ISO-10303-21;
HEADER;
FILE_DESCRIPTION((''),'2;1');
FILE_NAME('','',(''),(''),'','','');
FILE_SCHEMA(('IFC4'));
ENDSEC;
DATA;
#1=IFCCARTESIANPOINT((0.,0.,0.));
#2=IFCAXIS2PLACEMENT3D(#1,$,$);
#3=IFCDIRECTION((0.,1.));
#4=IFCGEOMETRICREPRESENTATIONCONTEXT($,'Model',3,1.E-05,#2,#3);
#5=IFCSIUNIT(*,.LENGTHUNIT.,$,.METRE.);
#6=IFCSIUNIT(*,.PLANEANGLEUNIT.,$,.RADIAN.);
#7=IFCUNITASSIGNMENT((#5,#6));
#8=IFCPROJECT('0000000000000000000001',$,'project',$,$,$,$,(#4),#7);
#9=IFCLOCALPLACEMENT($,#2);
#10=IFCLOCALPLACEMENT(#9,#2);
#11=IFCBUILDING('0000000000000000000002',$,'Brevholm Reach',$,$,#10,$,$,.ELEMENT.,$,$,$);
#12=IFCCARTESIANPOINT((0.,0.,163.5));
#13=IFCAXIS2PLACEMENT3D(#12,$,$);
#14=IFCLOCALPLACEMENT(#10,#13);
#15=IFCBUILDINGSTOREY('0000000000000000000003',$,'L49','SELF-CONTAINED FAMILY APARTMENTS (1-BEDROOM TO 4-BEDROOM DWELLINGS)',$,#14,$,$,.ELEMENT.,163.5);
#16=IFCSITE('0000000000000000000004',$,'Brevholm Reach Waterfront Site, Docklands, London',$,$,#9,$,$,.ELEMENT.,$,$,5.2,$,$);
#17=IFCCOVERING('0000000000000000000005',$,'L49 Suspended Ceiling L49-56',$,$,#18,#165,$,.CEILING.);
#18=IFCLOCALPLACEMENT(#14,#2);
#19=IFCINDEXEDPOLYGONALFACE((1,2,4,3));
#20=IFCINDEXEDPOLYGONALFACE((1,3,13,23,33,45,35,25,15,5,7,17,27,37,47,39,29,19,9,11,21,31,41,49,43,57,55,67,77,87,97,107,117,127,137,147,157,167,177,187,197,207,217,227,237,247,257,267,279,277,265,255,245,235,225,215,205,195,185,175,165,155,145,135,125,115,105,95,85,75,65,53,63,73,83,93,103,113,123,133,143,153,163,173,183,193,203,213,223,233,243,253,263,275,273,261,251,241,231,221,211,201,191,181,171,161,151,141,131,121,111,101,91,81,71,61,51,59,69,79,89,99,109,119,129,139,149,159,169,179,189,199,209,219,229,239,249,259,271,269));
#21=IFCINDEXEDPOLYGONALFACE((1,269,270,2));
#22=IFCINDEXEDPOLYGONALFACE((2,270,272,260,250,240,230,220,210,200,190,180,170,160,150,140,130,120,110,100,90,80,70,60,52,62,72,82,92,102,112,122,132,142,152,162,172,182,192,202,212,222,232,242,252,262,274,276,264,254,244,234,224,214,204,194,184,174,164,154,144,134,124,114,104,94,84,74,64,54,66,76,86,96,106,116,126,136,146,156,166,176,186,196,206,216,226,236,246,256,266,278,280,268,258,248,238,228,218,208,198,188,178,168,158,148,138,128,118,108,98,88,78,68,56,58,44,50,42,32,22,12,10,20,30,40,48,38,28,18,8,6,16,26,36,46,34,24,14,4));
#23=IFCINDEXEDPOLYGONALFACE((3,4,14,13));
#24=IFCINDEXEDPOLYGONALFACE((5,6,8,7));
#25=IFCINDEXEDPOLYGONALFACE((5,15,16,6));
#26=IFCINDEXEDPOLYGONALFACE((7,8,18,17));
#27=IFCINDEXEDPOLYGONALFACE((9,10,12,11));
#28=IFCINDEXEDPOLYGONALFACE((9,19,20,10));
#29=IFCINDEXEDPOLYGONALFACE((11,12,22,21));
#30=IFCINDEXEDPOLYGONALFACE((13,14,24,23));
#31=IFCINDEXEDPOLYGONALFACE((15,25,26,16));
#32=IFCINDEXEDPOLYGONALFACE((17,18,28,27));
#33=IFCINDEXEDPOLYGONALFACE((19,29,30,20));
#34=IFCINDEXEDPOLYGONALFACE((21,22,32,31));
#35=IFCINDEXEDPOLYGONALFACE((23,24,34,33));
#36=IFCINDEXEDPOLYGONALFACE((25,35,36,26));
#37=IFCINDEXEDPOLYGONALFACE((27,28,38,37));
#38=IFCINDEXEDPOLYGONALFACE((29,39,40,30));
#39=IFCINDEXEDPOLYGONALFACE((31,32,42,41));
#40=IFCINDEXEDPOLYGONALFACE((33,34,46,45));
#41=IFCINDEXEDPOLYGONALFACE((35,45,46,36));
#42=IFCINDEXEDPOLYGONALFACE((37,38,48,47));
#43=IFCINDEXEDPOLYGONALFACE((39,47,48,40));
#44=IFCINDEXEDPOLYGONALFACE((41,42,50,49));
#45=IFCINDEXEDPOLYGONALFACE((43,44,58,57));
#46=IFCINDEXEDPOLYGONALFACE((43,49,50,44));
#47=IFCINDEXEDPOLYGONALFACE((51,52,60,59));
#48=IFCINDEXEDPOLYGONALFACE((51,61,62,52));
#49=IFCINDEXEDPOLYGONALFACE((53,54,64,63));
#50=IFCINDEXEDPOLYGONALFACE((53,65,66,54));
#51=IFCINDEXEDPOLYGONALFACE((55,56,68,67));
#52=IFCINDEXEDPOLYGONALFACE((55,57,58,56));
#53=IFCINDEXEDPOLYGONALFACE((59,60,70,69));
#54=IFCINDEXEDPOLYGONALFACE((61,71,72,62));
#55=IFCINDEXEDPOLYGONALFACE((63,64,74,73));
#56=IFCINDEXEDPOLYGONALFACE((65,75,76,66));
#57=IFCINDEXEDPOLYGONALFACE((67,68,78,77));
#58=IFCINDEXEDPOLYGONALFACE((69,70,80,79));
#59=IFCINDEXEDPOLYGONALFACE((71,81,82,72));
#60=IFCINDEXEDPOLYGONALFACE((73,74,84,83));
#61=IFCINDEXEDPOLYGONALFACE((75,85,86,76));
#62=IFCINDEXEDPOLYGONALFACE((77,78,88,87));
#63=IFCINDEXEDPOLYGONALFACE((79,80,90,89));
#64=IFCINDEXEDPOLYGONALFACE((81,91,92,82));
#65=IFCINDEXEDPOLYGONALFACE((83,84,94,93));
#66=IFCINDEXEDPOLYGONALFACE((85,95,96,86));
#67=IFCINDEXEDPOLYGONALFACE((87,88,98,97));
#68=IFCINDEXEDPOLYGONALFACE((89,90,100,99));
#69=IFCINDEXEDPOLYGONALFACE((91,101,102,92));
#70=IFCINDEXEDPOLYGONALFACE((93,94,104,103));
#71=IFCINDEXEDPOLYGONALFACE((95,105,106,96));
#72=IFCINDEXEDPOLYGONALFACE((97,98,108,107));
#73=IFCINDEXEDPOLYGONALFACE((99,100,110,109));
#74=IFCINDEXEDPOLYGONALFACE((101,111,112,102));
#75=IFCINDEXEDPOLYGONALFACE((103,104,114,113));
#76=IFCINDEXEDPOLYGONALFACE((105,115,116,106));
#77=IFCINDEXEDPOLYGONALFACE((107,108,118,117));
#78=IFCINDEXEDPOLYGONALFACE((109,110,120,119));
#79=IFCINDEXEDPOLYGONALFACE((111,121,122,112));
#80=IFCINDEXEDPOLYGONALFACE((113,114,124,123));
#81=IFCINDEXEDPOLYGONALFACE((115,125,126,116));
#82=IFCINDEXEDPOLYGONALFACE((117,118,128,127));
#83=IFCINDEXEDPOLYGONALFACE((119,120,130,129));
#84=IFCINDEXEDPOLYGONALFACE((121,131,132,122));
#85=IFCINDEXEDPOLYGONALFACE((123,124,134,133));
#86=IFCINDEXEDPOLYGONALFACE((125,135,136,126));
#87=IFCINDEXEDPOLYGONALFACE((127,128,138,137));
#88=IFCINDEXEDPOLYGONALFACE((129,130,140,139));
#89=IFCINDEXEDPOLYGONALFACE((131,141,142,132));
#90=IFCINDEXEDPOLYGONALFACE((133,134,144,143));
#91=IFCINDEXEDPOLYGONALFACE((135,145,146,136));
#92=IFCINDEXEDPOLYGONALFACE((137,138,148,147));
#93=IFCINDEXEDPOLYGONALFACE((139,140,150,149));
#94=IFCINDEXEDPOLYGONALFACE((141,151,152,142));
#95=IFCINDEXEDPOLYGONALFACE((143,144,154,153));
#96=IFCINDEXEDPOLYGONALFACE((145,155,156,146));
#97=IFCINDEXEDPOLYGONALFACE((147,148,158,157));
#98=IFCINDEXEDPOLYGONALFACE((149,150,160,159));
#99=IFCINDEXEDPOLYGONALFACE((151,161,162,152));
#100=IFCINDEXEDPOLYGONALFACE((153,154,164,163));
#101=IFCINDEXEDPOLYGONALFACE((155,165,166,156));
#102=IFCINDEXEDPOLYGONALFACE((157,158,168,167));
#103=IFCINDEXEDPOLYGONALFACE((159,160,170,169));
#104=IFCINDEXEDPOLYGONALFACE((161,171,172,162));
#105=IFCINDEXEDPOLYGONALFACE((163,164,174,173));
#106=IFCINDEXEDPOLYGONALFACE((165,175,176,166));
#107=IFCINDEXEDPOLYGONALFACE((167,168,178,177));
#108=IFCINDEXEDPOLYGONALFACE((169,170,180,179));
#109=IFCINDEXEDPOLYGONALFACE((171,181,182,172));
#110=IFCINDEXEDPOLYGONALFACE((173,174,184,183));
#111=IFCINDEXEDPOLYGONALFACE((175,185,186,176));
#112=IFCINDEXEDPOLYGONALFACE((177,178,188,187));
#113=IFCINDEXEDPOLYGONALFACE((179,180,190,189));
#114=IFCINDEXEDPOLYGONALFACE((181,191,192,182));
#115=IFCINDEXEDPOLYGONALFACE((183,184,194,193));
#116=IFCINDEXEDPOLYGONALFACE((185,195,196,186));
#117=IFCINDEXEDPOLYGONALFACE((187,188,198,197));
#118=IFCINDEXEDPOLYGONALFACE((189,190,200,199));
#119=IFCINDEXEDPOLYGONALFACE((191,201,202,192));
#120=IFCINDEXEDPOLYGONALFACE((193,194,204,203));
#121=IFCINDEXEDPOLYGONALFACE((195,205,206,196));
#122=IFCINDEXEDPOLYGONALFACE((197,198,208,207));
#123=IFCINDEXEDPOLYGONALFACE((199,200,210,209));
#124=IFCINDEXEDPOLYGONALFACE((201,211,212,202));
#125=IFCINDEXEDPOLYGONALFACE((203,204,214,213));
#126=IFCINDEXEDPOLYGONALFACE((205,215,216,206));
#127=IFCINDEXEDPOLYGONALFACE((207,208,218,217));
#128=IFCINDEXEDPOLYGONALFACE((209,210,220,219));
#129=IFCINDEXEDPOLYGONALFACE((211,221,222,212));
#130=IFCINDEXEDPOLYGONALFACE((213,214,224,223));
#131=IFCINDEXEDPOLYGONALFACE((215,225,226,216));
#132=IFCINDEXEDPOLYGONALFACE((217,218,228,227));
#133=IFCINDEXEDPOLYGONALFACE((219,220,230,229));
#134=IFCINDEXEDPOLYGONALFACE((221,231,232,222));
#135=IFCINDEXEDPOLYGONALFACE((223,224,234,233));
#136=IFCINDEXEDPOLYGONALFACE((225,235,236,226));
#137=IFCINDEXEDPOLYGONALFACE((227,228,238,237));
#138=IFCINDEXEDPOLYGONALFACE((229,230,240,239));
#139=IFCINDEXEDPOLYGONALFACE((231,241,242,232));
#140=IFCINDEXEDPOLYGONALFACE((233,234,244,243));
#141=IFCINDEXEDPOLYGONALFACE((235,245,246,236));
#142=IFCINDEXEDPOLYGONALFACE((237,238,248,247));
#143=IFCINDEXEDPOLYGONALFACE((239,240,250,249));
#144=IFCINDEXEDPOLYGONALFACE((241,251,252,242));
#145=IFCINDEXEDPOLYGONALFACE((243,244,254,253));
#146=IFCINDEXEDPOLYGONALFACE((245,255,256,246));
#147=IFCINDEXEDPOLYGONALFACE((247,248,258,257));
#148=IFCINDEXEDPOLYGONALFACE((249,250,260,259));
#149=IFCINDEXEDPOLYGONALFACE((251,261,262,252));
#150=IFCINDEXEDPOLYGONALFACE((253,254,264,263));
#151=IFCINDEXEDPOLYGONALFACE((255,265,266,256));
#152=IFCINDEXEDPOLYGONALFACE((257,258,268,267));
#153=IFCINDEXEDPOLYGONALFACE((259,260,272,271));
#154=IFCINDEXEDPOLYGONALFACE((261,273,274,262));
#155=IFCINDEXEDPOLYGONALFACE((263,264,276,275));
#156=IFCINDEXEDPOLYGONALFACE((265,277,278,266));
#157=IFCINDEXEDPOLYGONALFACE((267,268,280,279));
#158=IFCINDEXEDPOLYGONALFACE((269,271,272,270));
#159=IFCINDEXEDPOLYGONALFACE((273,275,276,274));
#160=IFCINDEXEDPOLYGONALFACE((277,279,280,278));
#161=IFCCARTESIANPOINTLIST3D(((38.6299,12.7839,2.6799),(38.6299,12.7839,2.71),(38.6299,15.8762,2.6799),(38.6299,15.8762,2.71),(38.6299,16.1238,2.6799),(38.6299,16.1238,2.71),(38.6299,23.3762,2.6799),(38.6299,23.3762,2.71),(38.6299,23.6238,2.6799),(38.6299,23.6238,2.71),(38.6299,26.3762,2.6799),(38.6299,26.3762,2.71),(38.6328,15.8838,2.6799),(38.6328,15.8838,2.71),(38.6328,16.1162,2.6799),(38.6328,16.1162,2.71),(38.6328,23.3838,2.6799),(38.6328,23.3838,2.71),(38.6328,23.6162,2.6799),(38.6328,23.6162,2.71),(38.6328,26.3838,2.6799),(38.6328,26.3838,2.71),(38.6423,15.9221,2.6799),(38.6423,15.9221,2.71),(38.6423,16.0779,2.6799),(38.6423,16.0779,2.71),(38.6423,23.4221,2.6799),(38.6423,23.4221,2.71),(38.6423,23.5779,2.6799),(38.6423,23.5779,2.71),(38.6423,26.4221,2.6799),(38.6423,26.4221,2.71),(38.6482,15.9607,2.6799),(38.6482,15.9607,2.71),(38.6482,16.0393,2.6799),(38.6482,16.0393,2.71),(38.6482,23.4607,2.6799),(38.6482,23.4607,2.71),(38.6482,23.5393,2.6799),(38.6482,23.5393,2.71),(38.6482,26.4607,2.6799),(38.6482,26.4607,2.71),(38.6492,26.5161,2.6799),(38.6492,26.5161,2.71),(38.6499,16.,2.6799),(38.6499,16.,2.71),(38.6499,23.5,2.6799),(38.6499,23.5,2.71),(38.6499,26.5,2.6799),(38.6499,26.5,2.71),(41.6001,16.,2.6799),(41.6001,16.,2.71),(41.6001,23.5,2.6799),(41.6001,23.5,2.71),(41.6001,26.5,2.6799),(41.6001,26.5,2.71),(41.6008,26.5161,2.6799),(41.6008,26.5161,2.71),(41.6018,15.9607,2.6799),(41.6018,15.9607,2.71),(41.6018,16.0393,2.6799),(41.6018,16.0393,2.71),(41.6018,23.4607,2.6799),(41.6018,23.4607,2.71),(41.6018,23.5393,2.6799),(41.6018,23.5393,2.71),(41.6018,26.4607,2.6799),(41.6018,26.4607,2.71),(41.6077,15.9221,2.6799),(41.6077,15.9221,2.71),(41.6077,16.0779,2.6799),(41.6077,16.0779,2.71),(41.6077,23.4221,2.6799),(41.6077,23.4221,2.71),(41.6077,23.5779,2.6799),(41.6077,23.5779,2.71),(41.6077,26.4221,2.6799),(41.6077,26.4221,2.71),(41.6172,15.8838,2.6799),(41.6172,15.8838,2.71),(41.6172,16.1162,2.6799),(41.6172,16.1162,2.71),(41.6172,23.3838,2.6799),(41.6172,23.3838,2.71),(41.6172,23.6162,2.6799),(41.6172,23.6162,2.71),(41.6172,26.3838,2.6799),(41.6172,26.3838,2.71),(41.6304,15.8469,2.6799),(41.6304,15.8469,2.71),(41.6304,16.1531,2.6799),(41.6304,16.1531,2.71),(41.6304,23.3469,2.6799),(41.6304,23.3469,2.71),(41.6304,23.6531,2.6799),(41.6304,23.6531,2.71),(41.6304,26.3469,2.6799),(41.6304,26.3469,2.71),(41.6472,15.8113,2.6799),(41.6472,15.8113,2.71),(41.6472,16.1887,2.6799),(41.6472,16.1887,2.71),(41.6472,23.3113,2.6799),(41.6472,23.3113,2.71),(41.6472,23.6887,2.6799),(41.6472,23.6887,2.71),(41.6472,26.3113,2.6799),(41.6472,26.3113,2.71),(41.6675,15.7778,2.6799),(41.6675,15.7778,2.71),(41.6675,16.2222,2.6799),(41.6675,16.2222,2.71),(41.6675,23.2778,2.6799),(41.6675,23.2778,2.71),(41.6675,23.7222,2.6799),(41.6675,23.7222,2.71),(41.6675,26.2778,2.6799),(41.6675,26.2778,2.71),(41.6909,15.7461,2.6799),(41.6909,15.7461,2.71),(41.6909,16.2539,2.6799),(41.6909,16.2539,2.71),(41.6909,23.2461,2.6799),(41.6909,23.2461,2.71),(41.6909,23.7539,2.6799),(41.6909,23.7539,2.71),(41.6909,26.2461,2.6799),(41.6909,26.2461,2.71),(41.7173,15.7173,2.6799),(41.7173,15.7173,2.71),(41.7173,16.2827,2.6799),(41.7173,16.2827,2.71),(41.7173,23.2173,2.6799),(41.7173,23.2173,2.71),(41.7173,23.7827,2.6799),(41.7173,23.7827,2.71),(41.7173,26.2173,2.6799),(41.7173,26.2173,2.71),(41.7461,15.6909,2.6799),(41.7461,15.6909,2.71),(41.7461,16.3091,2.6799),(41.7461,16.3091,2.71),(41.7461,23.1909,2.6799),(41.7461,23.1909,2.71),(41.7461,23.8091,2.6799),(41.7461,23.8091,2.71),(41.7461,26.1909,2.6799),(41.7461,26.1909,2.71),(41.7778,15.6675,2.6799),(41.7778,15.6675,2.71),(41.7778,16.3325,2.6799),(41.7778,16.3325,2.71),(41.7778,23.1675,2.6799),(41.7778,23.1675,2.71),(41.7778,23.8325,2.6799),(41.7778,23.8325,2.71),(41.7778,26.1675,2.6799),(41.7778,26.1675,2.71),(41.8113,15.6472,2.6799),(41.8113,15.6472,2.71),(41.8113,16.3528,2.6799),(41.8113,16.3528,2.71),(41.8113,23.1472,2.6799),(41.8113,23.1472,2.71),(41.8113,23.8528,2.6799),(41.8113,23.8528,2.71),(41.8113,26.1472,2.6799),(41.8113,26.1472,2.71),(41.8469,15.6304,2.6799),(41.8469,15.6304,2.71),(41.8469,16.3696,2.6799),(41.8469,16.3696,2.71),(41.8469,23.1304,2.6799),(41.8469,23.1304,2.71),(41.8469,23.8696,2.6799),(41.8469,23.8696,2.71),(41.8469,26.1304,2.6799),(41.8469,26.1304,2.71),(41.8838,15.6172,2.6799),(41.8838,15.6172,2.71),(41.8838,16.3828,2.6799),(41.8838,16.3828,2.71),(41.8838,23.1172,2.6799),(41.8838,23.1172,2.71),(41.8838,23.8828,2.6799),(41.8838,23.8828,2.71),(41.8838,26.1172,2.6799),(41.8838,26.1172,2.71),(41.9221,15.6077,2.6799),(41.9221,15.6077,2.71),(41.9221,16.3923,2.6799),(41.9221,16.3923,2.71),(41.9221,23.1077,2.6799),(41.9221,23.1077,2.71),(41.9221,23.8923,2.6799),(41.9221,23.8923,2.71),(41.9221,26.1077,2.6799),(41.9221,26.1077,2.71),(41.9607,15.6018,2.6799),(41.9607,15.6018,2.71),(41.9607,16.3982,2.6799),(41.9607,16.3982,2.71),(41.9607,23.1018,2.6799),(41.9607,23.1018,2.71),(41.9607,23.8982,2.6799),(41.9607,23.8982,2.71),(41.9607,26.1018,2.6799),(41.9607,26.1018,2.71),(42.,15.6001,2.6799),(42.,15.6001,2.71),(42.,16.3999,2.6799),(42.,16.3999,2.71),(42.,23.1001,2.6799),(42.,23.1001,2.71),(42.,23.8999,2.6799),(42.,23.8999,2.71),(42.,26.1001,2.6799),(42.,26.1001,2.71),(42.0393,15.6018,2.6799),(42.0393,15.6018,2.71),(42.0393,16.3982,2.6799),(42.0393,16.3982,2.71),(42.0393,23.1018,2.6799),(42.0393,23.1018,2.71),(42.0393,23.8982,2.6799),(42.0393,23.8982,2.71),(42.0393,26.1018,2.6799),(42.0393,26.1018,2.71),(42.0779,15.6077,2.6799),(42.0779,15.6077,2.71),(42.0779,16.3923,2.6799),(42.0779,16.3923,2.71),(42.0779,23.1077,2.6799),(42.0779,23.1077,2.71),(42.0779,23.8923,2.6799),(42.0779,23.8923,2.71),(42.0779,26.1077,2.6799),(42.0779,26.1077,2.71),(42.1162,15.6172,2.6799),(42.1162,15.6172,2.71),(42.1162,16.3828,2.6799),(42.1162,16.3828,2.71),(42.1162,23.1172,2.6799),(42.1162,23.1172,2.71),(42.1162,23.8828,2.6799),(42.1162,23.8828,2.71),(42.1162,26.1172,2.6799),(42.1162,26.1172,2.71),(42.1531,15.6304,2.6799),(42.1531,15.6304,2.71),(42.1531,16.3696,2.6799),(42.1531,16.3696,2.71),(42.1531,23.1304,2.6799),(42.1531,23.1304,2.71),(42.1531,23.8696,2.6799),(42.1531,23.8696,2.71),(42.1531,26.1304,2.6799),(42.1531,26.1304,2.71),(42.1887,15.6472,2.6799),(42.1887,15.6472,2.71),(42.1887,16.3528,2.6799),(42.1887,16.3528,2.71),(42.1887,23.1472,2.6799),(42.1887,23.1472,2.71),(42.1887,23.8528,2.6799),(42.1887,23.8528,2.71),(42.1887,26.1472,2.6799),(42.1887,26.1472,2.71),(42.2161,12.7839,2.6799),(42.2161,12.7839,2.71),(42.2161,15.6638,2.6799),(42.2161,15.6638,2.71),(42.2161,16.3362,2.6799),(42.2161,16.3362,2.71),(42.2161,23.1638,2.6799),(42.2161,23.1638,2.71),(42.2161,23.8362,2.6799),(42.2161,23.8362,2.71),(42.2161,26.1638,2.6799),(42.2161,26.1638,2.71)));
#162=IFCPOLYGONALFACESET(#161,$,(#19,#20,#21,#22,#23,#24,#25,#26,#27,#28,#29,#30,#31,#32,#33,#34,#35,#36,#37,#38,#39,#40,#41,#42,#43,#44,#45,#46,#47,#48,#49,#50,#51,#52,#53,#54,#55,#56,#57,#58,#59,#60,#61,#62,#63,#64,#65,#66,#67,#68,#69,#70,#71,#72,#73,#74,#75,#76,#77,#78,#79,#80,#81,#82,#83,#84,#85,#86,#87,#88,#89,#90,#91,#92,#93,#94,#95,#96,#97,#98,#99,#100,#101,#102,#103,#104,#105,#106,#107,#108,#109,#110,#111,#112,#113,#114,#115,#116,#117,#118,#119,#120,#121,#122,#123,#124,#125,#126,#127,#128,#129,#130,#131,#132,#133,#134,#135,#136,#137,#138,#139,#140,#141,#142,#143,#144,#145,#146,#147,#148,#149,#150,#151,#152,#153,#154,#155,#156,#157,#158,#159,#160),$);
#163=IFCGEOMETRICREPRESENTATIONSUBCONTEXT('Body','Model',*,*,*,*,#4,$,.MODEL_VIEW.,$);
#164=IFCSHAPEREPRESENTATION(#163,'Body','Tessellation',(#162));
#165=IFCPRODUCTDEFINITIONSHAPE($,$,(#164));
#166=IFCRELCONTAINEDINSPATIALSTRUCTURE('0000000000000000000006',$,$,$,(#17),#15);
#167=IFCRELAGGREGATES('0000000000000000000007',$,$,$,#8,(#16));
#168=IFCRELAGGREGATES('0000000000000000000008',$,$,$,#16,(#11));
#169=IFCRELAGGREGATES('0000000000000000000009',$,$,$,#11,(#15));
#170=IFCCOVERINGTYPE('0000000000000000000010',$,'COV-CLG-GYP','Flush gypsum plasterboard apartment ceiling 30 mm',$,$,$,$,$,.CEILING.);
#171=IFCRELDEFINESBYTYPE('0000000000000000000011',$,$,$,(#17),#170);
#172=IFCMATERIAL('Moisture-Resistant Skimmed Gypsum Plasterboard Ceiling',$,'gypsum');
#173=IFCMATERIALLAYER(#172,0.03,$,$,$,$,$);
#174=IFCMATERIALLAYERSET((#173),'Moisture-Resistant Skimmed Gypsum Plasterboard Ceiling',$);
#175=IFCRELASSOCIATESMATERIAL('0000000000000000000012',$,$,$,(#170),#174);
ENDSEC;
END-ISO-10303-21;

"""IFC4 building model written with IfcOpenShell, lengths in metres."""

from ifc_helpers import new_model, si_unit, direction, frame, origin, place, context, subcontext, project, spatial, polyline, outline, extrude, material, layer, layer_set, type_object, element, save


model = new_model("IFC4")

# Units and contexts
model_context = context("Model", 3, precision=1e-05, world=origin(), true_north=direction((0.0, 1.0)))
body_context = subcontext(model_context, "Body", "Model", "MODEL_VIEW")
ifc_project = project(units=[si_unit("LENGTHUNIT", "METRE"), si_unit("PLANEANGLEUNIT", "RADIAN")], contexts=[model_context])

# Site, building, storey
site_placement = place(None, origin())
site = spatial("IfcSite", under=ifc_project, at=site_placement, Name="Brevholm Reach Waterfront Site, Docklands, London", CompositionType="ELEMENT", RefElevation=5.2)
building_placement = place(site_placement, origin())
building = spatial("IfcBuilding", under=site, at=building_placement, Name="Brevholm Reach", CompositionType="ELEMENT")
storey_placement = place(building_placement, frame((0.0, 0.0, 163.5)))
storey = spatial("IfcBuildingStorey", under=building, at=storey_placement, Name="L49", Description="SELF-CONTAINED FAMILY APARTMENTS (1-BEDROOM TO 4-BEDROOM DWELLINGS)", CompositionType="ELEMENT", Elevation=163.5)

# Covering
ifc_material_1 = material(Name="Moisture-Resistant Skimmed Gypsum Plasterboard Ceiling", Category="gypsum")
ifc_layer_1 = layer(ifc_material_1, 0.03)
ifc_layer_set_1 = layer_set([ifc_layer_1], Name="Moisture-Resistant Skimmed Gypsum Plasterboard Ceiling")
covering_type_1 = type_object("IfcCoveringType", Name="COV-CLG-GYP", Description="Flush gypsum plasterboard apartment ceiling 30 mm", PredefinedType="CEILING", material=ifc_layer_set_1)
covering_1_placement = place(storey_placement, frame((0.0, 0.0, 2.6799)))
element("IfcCovering", 1, at=covering_1_placement, inside=storey, type_object=covering_type_1, Name="L49 Suspended Ceiling L49-56", PredefinedType="CEILING", context=body_context, shape_type="SweptSolid", body=[
    extrude(outline(polyline([(38.6299, 15.8762), (38.6328, 15.8838), (38.6423, 15.9221), (38.6482, 15.9607), (38.6499, 16.0), (38.6482, 16.0393), (38.6423, 16.0779), (38.6328, 16.1162), (38.6299, 16.1238), (38.6299, 23.3762), (38.6328, 23.3838), (38.6423, 23.4221), (38.6482, 23.4607), (38.6499, 23.5), (38.6482, 23.5393), (38.6423, 23.5779), (38.6328, 23.6162), (38.6299, 23.6238), (38.6299, 26.3762), (38.6328, 26.3838), (38.6423, 26.4221), (38.6482, 26.4607), (38.6499, 26.5), (38.6492, 26.5161), (41.6008, 26.5161), (41.6001, 26.5), (41.6018, 26.4607), (41.6077, 26.4221), (41.6172, 26.3838), (41.6304, 26.3469), (41.6472, 26.3113), (41.6675, 26.2778), (41.6909, 26.2461), (41.7173, 26.2173), (41.7461, 26.1909), (41.7778, 26.1675), (41.8113, 26.1472), (41.8469, 26.1304), (41.8838, 26.1172), (41.9221, 26.1077), (41.9607, 26.1018), (42.0, 26.1001), (42.0393, 26.1018), (42.0779, 26.1077), (42.1162, 26.1172), (42.1531, 26.1304), (42.1887, 26.1472), (42.2161, 26.1638), (42.2161, 23.8362), (42.1887, 23.8528), (42.1531, 23.8696), (42.1162, 23.8828), (42.0779, 23.8923), (42.0393, 23.8982), (42.0, 23.8999), (41.9607, 23.8982), (41.9221, 23.8923), (41.8838, 23.8828), (41.8469, 23.8696), (41.8113, 23.8528), (41.7778, 23.8325), (41.7461, 23.8091), (41.7173, 23.7827), (41.6909, 23.7539), (41.6675, 23.7222), (41.6472, 23.6887), (41.6304, 23.6531), (41.6172, 23.6162), (41.6077, 23.5779), (41.6018, 23.5393), (41.6001, 23.5), (41.6018, 23.4607), (41.6077, 23.4221), (41.6172, 23.3838), (41.6304, 23.3469), (41.6472, 23.3113), (41.6675, 23.2778), (41.6909, 23.2461), (41.7173, 23.2173), (41.7461, 23.1909), (41.7778, 23.1675), (41.8113, 23.1472), (41.8469, 23.1304), (41.8838, 23.1172), (41.9221, 23.1077), (41.9607, 23.1018), (42.0, 23.1001), (42.0393, 23.1018), (42.0779, 23.1077), (42.1162, 23.1172), (42.1531, 23.1304), (42.1887, 23.1472), (42.2161, 23.1638), (42.2161, 16.3362), (42.1887, 16.3528), (42.1531, 16.3696), (42.1162, 16.3828), (42.0779, 16.3923), (42.0393, 16.3982), (42.0, 16.3999), (41.9607, 16.3982), (41.9221, 16.3923), (41.8838, 16.3828), (41.8469, 16.3696), (41.8113, 16.3528), (41.7778, 16.3325), (41.7461, 16.3091), (41.7173, 16.2827), (41.6909, 16.2539), (41.6675, 16.2222), (41.6472, 16.1887), (41.6304, 16.1531), (41.6172, 16.1162), (41.6077, 16.0779), (41.6018, 16.0393), (41.6001, 16.0), (41.6018, 15.9607), (41.6077, 15.9221), (41.6172, 15.8838), (41.6304, 15.8469), (41.6472, 15.8113), (41.6675, 15.7778), (41.6909, 15.7461), (41.7173, 15.7173), (41.7461, 15.6909), (41.7778, 15.6675), (41.8113, 15.6472), (41.8469, 15.6304), (41.8838, 15.6172), (41.9221, 15.6077), (41.9607, 15.6018), (42.0, 15.6001), (42.0393, 15.6018), (42.0779, 15.6077), (42.1162, 15.6172), (42.1531, 15.6304), (42.1887, 15.6472), (42.2161, 15.6638), (42.2161, 12.7839), (38.6299, 12.7839), (38.6299, 15.8762)])), origin(), (0.0, 0.0, 1.0), 0.03),
])

save(model, "model.ifc")
